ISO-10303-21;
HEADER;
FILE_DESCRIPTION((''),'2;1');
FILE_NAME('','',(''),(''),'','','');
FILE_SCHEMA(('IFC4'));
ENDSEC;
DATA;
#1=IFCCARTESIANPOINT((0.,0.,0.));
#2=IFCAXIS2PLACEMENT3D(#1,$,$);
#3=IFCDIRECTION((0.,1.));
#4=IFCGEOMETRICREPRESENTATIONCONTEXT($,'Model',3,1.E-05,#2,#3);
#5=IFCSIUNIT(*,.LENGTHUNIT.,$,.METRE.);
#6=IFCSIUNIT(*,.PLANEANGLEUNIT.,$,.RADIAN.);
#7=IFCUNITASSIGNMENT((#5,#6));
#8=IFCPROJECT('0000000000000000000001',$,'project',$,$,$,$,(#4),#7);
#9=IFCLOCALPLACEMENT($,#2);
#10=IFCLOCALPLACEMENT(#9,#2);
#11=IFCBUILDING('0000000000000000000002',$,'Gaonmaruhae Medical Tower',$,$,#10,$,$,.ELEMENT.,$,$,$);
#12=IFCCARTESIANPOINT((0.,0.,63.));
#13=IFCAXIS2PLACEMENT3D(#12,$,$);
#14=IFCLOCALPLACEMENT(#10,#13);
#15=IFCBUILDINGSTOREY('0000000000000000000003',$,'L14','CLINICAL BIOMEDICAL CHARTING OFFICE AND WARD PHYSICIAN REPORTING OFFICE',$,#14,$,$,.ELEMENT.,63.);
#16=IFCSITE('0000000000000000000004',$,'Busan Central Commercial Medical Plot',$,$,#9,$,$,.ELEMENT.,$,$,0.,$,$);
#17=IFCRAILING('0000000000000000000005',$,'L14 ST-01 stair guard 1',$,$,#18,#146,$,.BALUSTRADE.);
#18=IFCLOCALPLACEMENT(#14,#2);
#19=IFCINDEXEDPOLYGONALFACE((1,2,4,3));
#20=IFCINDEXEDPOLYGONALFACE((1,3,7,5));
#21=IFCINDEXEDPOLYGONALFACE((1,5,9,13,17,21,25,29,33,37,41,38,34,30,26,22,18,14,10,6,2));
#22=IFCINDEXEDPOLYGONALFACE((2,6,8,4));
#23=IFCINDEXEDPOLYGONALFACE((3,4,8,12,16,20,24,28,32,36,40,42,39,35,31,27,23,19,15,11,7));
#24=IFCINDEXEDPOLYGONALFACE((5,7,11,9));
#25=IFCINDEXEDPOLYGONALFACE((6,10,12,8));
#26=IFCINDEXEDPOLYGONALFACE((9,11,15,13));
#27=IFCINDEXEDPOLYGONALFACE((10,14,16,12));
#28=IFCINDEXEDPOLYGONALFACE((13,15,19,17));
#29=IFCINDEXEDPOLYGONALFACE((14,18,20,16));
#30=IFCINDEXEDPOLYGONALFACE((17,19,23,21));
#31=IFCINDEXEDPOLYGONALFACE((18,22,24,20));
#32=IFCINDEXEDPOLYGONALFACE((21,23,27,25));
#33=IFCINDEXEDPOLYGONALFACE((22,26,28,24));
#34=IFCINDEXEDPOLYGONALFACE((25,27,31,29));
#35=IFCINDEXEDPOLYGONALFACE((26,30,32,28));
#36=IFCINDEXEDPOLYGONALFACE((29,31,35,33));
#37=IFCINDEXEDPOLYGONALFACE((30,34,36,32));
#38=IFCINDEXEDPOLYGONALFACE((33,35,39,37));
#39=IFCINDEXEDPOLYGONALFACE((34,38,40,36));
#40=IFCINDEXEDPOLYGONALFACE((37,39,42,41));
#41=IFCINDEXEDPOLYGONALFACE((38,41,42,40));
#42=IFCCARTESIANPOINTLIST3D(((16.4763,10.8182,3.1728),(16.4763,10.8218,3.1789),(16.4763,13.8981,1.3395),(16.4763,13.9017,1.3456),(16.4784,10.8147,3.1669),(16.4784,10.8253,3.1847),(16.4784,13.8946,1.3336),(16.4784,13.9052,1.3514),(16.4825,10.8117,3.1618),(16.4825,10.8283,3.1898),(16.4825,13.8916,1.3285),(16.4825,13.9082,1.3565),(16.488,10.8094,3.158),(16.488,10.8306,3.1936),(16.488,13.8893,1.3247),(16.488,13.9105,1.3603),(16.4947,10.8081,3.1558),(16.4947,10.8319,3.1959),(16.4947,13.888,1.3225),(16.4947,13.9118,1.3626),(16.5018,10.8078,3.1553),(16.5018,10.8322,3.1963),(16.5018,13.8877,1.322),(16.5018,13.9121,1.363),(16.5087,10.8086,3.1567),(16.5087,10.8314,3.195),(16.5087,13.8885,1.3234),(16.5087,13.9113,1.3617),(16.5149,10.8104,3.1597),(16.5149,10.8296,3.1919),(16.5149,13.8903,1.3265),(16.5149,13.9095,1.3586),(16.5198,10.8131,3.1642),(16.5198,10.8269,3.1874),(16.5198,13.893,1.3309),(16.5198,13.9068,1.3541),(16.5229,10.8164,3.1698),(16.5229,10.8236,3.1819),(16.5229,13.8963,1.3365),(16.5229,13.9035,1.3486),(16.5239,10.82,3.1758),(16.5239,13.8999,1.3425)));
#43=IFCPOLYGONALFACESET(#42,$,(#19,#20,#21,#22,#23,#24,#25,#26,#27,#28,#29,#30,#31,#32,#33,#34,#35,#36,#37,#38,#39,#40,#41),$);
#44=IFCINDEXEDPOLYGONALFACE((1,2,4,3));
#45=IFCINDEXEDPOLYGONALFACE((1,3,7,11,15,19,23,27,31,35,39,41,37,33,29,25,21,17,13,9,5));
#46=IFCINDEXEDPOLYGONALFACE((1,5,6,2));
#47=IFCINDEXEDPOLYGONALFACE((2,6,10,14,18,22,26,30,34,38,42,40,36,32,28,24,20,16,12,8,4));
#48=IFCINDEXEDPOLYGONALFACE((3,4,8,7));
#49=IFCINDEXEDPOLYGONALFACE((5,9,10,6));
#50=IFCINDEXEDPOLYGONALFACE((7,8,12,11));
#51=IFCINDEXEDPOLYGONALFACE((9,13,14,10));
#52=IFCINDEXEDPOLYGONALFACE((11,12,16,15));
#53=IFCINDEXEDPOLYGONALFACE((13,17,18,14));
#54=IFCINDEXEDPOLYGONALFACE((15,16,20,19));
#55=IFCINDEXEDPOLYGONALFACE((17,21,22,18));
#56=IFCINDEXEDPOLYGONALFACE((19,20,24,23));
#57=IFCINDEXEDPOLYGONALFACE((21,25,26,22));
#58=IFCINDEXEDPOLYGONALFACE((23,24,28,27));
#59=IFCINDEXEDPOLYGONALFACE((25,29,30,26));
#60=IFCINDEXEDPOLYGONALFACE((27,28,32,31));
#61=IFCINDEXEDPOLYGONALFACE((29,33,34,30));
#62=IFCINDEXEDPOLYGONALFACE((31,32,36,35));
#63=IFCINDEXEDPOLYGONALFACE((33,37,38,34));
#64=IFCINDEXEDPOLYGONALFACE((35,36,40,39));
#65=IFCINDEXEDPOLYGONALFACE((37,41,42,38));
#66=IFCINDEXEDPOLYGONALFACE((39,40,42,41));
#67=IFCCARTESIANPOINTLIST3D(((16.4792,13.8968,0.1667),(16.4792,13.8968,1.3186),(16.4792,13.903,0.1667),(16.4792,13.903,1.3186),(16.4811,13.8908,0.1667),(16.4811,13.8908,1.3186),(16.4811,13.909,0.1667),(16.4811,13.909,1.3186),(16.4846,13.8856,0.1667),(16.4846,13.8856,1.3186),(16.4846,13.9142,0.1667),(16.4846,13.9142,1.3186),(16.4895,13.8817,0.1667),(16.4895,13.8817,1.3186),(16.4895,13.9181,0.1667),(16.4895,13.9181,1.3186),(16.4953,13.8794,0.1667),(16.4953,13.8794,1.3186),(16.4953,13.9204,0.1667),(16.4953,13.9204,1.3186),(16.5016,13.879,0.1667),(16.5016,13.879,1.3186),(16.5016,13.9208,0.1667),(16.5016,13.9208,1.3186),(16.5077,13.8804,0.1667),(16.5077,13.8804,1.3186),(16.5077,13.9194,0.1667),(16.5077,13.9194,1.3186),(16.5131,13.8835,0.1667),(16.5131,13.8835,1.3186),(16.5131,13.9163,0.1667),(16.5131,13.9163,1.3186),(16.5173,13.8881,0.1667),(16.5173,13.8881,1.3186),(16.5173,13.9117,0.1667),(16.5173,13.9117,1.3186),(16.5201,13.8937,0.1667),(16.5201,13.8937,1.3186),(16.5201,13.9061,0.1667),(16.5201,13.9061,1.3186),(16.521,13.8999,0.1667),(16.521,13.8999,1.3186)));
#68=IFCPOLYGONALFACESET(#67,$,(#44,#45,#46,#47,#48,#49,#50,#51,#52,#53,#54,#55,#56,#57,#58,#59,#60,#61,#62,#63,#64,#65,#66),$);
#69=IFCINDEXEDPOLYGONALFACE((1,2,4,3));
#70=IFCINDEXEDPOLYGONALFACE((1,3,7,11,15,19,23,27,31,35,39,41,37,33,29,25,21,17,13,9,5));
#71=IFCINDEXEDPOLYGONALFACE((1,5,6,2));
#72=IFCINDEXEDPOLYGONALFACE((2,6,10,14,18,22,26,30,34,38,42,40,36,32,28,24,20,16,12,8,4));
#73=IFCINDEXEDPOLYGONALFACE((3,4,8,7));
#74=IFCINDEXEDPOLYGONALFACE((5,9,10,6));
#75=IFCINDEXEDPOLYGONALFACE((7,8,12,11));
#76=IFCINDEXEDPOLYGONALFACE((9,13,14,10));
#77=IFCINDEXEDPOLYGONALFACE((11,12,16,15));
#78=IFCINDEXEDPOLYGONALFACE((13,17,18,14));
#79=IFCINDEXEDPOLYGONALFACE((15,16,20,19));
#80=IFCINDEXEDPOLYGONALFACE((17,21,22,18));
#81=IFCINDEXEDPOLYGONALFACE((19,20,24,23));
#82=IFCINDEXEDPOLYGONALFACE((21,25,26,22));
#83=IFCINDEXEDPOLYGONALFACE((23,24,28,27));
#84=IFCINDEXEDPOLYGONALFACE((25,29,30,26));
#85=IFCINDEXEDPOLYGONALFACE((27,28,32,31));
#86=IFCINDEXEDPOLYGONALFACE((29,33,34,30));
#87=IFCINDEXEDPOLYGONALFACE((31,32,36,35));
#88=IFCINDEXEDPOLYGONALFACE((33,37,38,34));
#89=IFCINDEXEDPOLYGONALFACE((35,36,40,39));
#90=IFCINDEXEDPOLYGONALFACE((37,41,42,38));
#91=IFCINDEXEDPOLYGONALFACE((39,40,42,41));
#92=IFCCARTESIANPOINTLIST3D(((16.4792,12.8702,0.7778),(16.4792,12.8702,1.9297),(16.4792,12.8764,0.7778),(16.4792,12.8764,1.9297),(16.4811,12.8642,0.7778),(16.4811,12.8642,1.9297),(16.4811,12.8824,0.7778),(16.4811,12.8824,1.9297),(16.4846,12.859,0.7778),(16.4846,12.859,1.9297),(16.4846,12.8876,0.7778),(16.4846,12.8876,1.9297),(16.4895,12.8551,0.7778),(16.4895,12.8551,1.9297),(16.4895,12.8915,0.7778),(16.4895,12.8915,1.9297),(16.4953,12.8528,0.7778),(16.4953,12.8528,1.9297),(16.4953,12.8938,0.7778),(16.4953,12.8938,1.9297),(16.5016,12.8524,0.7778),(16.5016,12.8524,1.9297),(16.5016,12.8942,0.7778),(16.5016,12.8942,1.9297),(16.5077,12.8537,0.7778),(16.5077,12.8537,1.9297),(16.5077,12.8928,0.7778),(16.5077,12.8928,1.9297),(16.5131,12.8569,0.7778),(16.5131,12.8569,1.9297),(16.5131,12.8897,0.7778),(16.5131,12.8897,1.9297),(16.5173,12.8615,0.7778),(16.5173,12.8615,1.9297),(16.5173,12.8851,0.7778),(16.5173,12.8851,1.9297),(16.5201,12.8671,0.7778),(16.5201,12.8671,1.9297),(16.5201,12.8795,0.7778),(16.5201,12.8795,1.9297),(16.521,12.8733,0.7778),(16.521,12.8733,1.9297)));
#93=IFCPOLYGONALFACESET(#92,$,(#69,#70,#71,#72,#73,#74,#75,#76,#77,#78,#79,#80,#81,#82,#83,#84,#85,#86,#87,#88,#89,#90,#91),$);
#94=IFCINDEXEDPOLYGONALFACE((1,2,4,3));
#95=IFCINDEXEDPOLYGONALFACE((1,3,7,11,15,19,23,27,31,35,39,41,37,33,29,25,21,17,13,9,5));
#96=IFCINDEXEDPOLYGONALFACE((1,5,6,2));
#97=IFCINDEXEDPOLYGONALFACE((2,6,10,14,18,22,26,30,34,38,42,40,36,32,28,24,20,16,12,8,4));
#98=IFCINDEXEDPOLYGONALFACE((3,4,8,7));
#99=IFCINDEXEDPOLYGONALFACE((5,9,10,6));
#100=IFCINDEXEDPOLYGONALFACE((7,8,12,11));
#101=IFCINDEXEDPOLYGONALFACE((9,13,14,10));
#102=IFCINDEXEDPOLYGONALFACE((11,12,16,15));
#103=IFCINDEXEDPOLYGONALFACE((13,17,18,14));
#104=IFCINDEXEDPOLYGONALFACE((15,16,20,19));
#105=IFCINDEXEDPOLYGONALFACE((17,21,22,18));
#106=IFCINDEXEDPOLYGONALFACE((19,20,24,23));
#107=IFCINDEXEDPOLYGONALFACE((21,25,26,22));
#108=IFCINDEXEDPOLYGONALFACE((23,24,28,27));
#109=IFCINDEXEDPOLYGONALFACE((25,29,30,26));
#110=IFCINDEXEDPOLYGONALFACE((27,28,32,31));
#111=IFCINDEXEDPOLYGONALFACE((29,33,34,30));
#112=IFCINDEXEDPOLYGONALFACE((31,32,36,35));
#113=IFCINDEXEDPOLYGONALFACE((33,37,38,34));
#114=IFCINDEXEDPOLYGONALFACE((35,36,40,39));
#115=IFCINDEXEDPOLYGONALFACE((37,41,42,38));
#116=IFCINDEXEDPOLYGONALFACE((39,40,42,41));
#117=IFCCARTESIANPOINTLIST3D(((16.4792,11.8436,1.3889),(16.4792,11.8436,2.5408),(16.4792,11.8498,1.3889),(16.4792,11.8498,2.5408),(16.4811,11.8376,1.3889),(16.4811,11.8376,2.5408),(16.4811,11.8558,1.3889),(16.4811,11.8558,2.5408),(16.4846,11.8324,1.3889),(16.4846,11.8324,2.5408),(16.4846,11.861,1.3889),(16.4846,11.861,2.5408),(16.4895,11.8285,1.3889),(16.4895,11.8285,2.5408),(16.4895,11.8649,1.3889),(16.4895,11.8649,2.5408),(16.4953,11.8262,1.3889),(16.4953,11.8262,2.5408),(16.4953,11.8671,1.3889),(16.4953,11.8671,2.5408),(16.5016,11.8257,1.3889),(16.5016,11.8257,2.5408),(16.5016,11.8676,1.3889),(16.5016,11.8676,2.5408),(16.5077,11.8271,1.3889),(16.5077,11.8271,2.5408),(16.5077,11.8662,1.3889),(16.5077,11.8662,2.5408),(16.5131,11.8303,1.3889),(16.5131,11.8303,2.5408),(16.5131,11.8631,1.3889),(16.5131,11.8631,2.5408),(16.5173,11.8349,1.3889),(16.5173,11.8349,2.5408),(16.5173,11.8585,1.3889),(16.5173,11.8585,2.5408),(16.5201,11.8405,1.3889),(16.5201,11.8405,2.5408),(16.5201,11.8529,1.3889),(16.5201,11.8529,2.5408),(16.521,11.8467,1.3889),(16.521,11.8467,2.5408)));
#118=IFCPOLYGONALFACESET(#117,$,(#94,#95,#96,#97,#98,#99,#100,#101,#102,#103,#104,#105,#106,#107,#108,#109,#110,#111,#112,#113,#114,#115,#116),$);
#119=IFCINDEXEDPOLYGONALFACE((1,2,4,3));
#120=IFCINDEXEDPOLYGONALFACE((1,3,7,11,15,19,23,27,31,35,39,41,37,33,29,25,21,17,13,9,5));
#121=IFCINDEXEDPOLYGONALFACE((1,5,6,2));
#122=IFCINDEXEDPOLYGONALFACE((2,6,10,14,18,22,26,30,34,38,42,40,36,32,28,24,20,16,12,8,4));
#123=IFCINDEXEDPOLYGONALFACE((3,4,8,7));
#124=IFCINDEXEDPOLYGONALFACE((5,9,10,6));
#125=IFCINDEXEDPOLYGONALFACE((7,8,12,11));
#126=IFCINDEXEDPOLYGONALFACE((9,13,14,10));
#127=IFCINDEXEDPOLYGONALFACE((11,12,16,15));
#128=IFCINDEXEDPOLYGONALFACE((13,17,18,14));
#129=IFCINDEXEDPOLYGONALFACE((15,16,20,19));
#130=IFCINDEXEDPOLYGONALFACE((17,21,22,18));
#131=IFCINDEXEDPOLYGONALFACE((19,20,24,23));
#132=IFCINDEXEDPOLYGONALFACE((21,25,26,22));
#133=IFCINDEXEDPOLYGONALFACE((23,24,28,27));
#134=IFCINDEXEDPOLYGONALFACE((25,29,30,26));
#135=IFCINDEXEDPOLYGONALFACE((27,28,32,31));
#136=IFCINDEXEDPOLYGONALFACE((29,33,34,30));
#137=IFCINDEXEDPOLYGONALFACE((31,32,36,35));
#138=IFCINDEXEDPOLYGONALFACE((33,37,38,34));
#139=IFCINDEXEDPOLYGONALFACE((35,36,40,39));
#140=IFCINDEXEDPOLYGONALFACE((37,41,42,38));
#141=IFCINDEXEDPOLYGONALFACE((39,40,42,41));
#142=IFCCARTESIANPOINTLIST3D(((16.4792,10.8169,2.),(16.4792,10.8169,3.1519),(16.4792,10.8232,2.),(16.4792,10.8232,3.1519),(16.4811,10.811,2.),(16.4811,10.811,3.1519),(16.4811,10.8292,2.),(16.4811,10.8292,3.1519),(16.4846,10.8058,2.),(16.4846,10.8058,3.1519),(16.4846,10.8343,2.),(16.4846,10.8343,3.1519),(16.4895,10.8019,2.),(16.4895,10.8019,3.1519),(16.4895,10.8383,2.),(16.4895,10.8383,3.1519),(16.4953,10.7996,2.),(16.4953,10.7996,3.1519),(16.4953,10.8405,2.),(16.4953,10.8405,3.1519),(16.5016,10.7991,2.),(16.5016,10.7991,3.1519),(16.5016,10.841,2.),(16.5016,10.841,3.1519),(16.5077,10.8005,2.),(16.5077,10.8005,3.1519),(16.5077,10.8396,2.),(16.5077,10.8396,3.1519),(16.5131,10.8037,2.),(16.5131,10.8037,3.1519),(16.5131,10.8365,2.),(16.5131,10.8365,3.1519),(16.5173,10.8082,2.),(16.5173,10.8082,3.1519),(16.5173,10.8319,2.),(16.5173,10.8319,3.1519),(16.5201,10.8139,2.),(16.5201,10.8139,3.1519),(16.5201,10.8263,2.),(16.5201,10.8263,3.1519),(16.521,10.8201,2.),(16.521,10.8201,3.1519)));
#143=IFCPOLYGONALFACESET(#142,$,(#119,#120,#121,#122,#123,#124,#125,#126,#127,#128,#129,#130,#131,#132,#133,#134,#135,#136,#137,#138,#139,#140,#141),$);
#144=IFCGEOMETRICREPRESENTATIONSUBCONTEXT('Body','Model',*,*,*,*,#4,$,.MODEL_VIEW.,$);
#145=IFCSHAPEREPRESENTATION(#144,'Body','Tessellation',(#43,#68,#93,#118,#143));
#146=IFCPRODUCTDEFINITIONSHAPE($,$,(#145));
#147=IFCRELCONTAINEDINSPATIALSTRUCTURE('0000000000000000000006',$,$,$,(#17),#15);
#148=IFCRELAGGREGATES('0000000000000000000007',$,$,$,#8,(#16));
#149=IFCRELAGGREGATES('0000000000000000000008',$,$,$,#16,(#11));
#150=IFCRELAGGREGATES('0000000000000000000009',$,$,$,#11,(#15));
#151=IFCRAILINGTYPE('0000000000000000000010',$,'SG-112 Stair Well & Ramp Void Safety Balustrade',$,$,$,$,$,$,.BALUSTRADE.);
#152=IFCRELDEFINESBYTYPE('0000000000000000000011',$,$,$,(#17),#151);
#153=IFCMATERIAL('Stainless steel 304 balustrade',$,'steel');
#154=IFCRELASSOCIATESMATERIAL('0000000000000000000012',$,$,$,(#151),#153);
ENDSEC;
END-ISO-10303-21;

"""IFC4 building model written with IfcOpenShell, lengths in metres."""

from ifc_helpers import new_model, si_unit, direction, frame, origin, origin_2d, place, context, subcontext, project, spatial, circle, extrude, material, type_object, element, save


model = new_model("IFC4")

# Units and contexts
model_context = context("Model", 3, precision=1e-05, world=origin(), true_north=direction((0.0, 1.0)))
body_context = subcontext(model_context, "Body", "Model", "MODEL_VIEW")
ifc_project = project(units=[si_unit("LENGTHUNIT", "METRE"), si_unit("PLANEANGLEUNIT", "RADIAN")], contexts=[model_context])

# Site, building, storey
site_placement = place(None, origin())
site = spatial("IfcSite", under=ifc_project, at=site_placement, Name="Busan Central Commercial Medical Plot", CompositionType="ELEMENT", RefElevation=0.0)
building_placement = place(site_placement, origin())
building = spatial("IfcBuilding", under=site, at=building_placement, Name="Gaonmaruhae Medical Tower", CompositionType="ELEMENT")
storey_placement = place(building_placement, frame((0.0, 0.0, 63.0)))
storey = spatial("IfcBuildingStorey", under=building, at=storey_placement, Name="L14", Description="CLINICAL BIOMEDICAL CHARTING OFFICE AND WARD PHYSICIAN REPORTING OFFICE", CompositionType="ELEMENT", Elevation=63.0)

# Railing
ifc_material_1 = material(Name="Stainless steel 304 balustrade", Category="steel")
railing_type_1 = type_object("IfcRailingType", Name="SG-112 Stair Well & Ramp Void Safety Balustrade", PredefinedType="BALUSTRADE", material=ifc_material_1)
railing_1_placement = place(storey_placement, frame((16.5, 13.8999, 0.1667)))
element("IfcRailing", 1, at=railing_1_placement, inside=storey, type_object=railing_type_1, Name="L14 ST-01 stair guard 1", PredefinedType="BALUSTRADE", context=body_context, shape_type="SweptSolid", body=[
    extrude(circle(Radius=0.0239, at=origin_2d()), frame((0.0, 0.0, 1.1758), z_axis=(0.0, -0.859291, 0.511487), x_axis=(1.0, 0.0, 0.0)), (0.0, 0.0, 1.0), 3.5842),
    extrude(circle(Radius=0.021, at=origin_2d()), origin(), (0.0, 0.0, 1.0), 1.1519),
    extrude(circle(Radius=0.021, at=origin_2d()), frame((0.0, -1.0266, 0.6111)), (0.0, 0.0, 1.0), 1.1519),
    extrude(circle(Radius=0.021, at=origin_2d()), frame((0.0, -2.0532, 1.2222)), (0.0, 0.0, 1.0), 1.1519),
    extrude(circle(Radius=0.021, at=origin_2d()), frame((0.0, -3.0798, 1.8333)), (0.0, 0.0, 1.0), 1.1519),
])

save(model, "model.ifc")
